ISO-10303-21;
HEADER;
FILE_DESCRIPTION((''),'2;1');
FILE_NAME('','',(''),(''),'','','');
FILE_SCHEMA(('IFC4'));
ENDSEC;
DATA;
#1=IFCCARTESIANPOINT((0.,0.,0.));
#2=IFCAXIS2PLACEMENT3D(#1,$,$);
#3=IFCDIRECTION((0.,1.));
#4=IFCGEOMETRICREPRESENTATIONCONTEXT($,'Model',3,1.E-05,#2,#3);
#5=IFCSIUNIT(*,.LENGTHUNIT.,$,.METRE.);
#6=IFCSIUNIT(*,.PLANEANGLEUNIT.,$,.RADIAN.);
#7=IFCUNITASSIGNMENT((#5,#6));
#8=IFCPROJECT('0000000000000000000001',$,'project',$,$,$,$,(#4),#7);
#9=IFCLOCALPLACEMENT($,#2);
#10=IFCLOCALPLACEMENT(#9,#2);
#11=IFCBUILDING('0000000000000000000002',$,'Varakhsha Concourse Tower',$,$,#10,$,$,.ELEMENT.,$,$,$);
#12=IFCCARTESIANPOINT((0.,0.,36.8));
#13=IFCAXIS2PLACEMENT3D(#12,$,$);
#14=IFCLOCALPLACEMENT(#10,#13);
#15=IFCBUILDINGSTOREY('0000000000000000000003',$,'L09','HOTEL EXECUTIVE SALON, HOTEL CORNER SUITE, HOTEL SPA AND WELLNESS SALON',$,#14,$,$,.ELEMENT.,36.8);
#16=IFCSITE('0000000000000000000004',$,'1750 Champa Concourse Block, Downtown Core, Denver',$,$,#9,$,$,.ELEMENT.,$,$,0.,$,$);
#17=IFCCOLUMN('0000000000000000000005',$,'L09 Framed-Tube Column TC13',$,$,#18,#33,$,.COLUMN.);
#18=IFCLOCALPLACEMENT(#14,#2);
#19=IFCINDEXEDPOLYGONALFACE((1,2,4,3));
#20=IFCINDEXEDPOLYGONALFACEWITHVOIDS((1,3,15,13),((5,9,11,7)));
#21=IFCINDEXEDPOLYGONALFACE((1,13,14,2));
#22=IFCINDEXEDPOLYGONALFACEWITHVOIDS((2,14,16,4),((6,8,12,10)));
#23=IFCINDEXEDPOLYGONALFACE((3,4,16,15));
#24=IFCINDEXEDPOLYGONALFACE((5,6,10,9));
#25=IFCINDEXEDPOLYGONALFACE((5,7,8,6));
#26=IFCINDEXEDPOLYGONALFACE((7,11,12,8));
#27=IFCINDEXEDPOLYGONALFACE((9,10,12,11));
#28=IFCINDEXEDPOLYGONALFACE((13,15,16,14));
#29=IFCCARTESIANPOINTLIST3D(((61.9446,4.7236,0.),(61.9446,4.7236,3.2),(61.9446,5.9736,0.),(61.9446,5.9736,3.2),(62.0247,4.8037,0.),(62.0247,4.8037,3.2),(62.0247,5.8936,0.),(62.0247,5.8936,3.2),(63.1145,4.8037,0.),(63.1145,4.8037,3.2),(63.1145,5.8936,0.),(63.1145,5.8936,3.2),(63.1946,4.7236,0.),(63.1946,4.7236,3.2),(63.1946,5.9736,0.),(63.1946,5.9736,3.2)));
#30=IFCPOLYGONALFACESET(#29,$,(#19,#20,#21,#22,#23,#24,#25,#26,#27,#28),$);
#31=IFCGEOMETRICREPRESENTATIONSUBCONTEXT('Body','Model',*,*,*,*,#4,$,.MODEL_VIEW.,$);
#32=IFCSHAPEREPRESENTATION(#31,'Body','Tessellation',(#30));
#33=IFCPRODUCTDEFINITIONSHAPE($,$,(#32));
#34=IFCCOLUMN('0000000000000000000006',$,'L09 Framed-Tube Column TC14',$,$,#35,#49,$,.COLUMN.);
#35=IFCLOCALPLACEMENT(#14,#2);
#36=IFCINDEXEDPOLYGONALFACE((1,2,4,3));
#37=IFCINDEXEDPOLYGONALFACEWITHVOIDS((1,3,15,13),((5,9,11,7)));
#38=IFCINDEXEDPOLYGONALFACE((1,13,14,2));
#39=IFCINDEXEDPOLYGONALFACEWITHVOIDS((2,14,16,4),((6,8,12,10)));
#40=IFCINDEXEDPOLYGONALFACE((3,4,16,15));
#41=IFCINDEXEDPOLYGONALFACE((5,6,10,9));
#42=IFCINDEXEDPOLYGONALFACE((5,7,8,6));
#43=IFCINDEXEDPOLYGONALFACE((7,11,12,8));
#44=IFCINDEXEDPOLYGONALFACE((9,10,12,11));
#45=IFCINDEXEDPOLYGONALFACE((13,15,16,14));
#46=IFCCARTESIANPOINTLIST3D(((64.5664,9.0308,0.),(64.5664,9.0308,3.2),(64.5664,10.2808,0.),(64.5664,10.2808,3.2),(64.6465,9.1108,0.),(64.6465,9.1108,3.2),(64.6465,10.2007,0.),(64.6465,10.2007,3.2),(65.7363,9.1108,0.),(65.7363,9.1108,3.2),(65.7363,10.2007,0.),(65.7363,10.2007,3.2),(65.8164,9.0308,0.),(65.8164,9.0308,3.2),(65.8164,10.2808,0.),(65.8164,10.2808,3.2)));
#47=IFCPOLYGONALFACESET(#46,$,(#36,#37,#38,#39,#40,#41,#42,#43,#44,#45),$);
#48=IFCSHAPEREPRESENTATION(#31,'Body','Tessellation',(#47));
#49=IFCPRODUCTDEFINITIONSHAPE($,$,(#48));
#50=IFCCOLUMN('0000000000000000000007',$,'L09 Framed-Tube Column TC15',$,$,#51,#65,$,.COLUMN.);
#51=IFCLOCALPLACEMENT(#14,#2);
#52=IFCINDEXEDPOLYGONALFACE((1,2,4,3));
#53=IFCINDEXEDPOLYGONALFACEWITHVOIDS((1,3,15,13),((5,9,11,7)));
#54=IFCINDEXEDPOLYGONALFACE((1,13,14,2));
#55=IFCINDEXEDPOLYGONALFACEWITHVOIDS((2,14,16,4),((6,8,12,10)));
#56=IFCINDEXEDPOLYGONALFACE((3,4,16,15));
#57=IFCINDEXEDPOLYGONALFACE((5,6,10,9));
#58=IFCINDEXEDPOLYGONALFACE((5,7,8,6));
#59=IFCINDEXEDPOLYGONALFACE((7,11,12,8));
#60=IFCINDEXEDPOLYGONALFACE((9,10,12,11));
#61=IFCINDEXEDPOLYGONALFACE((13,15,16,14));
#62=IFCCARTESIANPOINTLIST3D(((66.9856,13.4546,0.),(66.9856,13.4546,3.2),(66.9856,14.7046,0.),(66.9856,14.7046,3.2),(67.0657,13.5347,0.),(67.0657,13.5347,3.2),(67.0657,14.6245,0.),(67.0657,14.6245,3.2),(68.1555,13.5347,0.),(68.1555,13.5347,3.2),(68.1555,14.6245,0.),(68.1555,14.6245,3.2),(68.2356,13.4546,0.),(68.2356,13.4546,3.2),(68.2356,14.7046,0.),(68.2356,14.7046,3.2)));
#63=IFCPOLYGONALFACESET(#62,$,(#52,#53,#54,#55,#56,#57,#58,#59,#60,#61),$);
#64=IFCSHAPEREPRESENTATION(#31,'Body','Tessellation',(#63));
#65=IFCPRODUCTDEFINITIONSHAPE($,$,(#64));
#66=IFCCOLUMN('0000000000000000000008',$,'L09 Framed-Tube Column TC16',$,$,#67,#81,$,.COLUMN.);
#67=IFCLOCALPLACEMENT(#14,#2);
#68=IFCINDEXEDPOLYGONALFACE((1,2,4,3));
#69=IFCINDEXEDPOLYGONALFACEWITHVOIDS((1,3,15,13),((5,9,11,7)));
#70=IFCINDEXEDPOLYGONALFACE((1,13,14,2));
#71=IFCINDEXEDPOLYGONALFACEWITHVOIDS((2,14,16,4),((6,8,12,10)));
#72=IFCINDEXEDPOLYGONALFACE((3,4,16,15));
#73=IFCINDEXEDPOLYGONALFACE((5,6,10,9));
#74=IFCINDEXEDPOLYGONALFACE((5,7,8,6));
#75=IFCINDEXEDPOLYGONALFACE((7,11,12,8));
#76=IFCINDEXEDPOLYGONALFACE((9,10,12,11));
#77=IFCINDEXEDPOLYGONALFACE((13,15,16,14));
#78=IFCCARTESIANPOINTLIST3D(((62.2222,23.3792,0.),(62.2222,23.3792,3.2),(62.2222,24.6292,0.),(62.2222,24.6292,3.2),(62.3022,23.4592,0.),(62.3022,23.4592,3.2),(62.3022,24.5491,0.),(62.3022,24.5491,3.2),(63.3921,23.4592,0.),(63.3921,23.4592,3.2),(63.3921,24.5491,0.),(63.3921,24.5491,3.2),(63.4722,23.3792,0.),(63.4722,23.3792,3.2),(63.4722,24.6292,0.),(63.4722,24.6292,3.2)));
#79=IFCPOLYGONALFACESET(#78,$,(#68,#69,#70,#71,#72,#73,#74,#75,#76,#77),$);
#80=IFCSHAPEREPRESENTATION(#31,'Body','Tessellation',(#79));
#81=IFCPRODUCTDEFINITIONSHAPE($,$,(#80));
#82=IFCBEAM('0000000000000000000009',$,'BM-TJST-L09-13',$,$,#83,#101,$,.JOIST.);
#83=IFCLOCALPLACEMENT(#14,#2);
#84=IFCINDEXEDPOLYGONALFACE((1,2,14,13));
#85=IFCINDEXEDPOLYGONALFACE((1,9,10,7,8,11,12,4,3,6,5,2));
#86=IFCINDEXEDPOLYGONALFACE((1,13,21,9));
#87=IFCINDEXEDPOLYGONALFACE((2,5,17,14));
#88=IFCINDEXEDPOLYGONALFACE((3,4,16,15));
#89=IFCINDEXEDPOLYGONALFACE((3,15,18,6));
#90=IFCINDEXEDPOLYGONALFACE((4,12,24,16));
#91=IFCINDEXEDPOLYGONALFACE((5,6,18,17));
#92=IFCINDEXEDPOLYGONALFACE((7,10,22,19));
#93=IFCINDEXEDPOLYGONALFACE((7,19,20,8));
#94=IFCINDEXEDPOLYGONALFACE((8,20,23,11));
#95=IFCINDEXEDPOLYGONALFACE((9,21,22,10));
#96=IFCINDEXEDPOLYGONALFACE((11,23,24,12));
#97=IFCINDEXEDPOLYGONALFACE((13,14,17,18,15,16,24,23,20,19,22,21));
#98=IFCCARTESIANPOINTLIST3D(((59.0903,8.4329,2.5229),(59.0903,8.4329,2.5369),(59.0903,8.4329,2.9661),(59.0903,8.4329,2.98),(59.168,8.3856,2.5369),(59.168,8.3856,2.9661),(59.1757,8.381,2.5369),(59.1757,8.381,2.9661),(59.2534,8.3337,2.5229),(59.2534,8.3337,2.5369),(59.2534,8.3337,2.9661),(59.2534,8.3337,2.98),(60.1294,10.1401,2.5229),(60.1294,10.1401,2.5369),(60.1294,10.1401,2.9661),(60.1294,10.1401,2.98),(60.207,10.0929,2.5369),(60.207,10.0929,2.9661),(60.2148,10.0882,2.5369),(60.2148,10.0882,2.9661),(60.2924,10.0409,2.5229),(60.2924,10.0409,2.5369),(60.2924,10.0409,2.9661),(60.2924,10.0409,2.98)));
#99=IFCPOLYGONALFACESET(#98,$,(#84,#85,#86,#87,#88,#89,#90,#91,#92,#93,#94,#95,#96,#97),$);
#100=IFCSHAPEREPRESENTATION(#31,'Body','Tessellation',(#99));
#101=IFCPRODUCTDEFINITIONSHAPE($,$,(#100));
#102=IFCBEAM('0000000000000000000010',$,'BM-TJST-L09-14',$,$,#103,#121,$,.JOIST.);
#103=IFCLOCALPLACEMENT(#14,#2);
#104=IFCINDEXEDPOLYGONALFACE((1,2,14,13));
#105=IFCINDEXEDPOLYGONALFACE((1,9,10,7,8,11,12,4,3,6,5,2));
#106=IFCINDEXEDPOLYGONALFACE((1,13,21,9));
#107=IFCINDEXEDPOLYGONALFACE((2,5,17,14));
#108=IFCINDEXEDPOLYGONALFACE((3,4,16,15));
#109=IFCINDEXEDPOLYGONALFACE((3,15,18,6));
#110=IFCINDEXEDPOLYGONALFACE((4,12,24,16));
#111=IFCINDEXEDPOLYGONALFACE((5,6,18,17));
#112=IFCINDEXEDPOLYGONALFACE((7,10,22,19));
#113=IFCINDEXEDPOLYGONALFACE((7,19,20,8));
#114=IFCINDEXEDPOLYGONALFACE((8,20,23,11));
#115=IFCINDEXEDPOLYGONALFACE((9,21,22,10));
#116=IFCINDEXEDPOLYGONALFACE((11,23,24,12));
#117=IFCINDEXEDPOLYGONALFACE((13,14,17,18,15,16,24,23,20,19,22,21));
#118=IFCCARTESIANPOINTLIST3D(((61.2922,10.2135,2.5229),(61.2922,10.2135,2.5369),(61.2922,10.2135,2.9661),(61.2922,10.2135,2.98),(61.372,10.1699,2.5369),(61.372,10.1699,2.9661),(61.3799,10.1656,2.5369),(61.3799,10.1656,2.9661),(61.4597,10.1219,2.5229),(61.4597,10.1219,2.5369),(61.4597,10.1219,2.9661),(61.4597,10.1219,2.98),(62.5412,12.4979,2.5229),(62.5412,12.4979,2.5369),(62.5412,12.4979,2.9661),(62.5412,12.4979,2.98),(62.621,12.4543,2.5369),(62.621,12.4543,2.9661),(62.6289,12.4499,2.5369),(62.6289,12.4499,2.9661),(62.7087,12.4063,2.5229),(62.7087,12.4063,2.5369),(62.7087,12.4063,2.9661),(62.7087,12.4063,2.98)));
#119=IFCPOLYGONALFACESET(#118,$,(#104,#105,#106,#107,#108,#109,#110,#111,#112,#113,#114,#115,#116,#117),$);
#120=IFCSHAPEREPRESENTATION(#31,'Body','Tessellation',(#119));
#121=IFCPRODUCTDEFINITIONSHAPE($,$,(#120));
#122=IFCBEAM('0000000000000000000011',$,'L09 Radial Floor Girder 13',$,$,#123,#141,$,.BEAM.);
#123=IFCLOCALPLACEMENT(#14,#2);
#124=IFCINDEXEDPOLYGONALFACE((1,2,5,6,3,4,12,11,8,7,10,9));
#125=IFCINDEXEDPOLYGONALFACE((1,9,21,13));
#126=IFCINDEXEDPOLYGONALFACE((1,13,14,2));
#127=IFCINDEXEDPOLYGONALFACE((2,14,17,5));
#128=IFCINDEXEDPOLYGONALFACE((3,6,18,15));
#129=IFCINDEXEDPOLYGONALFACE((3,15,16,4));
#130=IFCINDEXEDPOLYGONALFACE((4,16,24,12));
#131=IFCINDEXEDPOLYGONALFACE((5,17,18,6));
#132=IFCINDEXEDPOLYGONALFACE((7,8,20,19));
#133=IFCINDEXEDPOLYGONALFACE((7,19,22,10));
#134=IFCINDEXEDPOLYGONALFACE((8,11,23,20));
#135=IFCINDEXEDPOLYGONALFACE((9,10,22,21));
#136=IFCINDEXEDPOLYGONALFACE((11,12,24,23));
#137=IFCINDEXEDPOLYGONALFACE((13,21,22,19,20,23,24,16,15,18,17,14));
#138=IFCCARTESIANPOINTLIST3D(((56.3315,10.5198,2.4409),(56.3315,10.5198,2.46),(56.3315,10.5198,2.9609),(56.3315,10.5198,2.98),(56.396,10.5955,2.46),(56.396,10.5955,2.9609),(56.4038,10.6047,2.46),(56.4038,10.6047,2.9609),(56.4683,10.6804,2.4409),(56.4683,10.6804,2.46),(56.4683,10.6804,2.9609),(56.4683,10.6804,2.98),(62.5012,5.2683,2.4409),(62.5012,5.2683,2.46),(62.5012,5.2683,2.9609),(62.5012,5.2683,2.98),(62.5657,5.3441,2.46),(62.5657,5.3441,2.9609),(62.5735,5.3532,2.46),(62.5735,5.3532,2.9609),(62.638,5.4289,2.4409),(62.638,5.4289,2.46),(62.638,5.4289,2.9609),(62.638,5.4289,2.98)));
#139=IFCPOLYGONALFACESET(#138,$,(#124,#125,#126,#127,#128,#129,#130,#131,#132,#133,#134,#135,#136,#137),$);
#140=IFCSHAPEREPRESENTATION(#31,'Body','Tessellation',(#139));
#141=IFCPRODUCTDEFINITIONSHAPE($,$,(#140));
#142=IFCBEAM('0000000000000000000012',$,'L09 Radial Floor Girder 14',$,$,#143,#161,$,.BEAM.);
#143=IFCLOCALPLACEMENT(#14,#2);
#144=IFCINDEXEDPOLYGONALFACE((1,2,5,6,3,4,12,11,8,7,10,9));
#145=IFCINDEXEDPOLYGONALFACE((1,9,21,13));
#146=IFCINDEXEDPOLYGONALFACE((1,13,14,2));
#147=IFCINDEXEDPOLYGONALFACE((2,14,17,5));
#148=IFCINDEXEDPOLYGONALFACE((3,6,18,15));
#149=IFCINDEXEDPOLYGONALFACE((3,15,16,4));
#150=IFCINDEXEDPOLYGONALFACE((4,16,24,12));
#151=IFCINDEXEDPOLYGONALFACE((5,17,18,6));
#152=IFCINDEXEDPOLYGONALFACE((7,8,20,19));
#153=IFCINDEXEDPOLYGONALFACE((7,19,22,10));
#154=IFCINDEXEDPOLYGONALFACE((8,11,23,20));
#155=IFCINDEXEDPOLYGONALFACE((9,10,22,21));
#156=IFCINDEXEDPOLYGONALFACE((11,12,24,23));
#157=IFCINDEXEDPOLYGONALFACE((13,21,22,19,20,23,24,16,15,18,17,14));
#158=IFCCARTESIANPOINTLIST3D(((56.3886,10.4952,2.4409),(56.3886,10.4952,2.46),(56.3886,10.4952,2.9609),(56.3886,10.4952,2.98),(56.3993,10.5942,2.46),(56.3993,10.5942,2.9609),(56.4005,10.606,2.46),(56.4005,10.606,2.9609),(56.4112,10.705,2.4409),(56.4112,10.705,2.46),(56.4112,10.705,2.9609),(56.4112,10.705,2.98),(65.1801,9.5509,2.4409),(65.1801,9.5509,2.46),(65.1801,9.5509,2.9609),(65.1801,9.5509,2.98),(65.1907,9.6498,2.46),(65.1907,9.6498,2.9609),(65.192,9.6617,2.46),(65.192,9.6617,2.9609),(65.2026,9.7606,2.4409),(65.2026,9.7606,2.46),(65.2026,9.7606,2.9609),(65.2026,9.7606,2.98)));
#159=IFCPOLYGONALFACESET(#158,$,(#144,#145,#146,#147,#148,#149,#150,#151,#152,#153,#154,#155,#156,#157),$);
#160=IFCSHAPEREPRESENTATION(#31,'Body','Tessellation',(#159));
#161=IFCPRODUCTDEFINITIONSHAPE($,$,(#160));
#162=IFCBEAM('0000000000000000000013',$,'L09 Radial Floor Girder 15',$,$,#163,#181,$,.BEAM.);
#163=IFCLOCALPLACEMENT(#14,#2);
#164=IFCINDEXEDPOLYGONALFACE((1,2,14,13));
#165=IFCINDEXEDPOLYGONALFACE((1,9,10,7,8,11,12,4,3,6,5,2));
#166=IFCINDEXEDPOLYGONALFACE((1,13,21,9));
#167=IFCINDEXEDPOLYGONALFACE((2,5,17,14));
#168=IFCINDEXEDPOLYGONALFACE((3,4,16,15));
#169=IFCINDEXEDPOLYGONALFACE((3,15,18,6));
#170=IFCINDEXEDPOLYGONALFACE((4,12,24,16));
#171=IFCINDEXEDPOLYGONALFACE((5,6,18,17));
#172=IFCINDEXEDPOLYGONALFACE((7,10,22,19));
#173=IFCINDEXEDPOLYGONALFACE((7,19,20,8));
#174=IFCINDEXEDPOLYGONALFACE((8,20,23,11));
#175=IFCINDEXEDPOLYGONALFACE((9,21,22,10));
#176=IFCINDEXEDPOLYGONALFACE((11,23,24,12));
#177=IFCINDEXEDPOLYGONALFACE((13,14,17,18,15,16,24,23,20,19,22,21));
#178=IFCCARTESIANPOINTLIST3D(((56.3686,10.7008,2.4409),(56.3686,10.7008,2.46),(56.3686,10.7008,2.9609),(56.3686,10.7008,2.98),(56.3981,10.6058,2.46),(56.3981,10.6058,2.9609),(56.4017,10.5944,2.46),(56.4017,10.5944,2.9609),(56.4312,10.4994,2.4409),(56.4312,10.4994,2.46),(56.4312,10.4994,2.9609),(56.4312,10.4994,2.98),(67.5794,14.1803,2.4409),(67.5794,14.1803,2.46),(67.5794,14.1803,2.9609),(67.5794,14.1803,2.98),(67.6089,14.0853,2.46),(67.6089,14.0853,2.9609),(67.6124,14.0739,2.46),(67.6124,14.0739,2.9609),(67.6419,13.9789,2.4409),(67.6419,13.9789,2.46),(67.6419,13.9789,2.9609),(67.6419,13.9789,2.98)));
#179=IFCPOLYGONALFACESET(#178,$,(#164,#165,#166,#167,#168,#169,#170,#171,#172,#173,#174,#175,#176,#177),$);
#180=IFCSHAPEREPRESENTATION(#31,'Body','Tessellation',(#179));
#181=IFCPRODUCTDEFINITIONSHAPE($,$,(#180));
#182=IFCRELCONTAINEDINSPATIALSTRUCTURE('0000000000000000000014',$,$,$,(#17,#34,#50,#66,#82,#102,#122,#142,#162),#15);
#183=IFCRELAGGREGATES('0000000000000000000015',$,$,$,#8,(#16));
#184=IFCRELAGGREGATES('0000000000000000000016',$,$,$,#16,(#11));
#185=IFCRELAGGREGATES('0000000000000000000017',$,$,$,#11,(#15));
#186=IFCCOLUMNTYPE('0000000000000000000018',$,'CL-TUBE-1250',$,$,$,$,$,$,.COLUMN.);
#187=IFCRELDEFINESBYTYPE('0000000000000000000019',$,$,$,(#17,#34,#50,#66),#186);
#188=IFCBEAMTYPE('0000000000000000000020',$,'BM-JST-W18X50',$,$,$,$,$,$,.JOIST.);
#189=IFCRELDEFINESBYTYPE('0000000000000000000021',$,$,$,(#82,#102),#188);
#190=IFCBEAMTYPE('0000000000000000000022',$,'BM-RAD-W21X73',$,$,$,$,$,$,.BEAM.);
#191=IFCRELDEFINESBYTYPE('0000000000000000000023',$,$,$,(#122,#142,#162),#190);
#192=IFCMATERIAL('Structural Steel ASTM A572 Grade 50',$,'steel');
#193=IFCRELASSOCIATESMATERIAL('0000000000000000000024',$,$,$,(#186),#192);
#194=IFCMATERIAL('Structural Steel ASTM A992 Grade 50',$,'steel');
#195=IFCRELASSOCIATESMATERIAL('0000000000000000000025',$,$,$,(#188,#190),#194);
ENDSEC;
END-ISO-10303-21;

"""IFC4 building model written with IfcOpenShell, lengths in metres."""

from ifc_helpers import new_model, si_unit, direction, frame, origin, origin_2d, place, context, subcontext, project, spatial, hollow_rectangle, i_section, extrude, material, material_profile, profile_set, type_object, element, save


model = new_model("IFC4")

# Units and contexts
model_context = context("Model", 3, precision=1e-05, world=origin(), true_north=direction((0.0, 1.0)))
body_context = subcontext(model_context, "Body", "Model", "MODEL_VIEW")
ifc_project = project(units=[si_unit("LENGTHUNIT", "METRE"), si_unit("PLANEANGLEUNIT", "RADIAN")], contexts=[model_context])

# Site, building, storey
site_placement = place(None, origin())
site = spatial("IfcSite", under=ifc_project, at=site_placement, Name="1750 Champa Concourse Block, Downtown Core, Denver", CompositionType="ELEMENT", RefElevation=0.0)
building_placement = place(site_placement, origin())
building = spatial("IfcBuilding", under=site, at=building_placement, Name="Varakhsha Concourse Tower", CompositionType="ELEMENT")
storey_placement = place(building_placement, frame((0.0, 0.0, 36.8)))
storey = spatial("IfcBuildingStorey", under=building, at=storey_placement, Name="L09", Description="HOTEL EXECUTIVE SALON, HOTEL CORNER SUITE, HOTEL SPA AND WELLNESS SALON", CompositionType="ELEMENT", Elevation=36.8)

# Columns
ifc_material_1 = material(Name="Structural Steel ASTM A572 Grade 50", Category="steel")
ifc_material_profile_1 = material_profile(ifc_material_1, hollow_rectangle(XDim=1.25, YDim=1.25, WallThickness=0.0801, at=origin_2d()), Name="BOX 1250x1250x80")
ifc_profile_set_1 = profile_set([ifc_material_profile_1], Name="Structural Steel ASTM A572 Grade 50")
column_type = type_object("IfcColumnType", Name="CL-TUBE-1250", PredefinedType="COLUMN", material=ifc_profile_set_1)
for number, where, z_axis, x_axis, name in (
    (1, (62.5696, 5.3486, 0.0), (0.0, 0.0, 1.0), (1.0, 0.0, 0.0), "L09 Framed-Tube Column TC13"),
    (2, (65.1914, 9.6558, 0.0), (0.0, 0.0, 1.0), (1.0, 0.0, 0.0), "L09 Framed-Tube Column TC14"),
    (3, (67.6106, 14.0796, 0.0), (0.0, 0.0, 1.0), (1.0, 0.0, 0.0), "L09 Framed-Tube Column TC15"),
    (4, (62.8472, 24.0042, 0.0), (0.0, 0.0, 1.0), (1.0, 0.0, 0.0), "L09 Framed-Tube Column TC16"),
):
    element("IfcColumn", number, at=place(storey_placement, frame(where, z_axis=z_axis, x_axis=x_axis)), inside=storey, type_object=column_type, Name=name, PredefinedType="COLUMN", context=body_context, shape_type="SweptSolid", body=[
        extrude(hollow_rectangle(XDim=1.25, YDim=1.25, WallThickness=0.0801, at=origin_2d()), origin(), (0.0, 0.0, 1.0), 3.2),
    ])

# Beams
ifc_material_2 = material(Name="Structural Steel ASTM A992 Grade 50", Category="steel")
ifc_material_profile_2 = material_profile(ifc_material_2, i_section(OverallWidth=0.1909, OverallDepth=0.457, WebThickness=0.009, FlangeThickness=0.0139, at=origin_2d()), Name="W18X50")
ifc_profile_set_2 = profile_set([ifc_material_profile_2], Name="Structural Steel ASTM A992 Grade 50")
beam_type_1 = type_object("IfcBeamType", Name="BM-JST-W18X50", PredefinedType="JOIST", material=ifc_profile_set_2)
beam_1_placement = place(storey_placement, frame((59.1719, 8.3833, 2.7515), z_axis=(0.519893, 0.854232, 0.0), x_axis=(-0.854232, 0.519893, 0.0)))
element("IfcBeam", 5, at=beam_1_placement, inside=storey, type_object=beam_type_1, Name="BM-TJST-L09-13", PredefinedType="JOIST", context=body_context, shape_type="SweptSolid", body=[
    extrude(i_section(OverallWidth=0.1909, OverallDepth=0.457, WebThickness=0.009, FlangeThickness=0.0139, at=origin_2d()), origin(), (0.0, 0.0, 1.0), 1.9985),
])
beam_2_placement = place(storey_placement, frame((61.376, 10.1677, 2.7515), z_axis=(0.479732, 0.877415, 0.0), x_axis=(-0.877415, 0.479732, 0.0)))
element("IfcBeam", 6, at=beam_2_placement, inside=storey, type_object=beam_type_1, Name="BM-TJST-L09-14", PredefinedType="JOIST", context=body_context, shape_type="SweptSolid", body=[
    extrude(i_section(OverallWidth=0.1909, OverallDepth=0.457, WebThickness=0.009, FlangeThickness=0.0139, at=origin_2d()), origin(), (0.0, 0.0, 1.0), 2.6035),
])
ifc_material_profile_3 = material_profile(ifc_material_2, i_section(OverallWidth=0.2109, OverallDepth=0.5391, WebThickness=0.012, FlangeThickness=0.019, at=origin_2d()), Name="W21X73")
ifc_profile_set_3 = profile_set([ifc_material_profile_3], Name="Structural Steel ASTM A992 Grade 50")
beam_type_2 = type_object("IfcBeamType", Name="BM-RAD-W21X73", PredefinedType="BEAM", material=ifc_profile_set_3)
beam_3_placement = place(storey_placement, frame((56.3999, 10.6001, 2.7104), z_axis=(0.761498, -0.648167, 0.0), x_axis=(0.648167, 0.761498, 0.0)))
element("IfcBeam", 7, at=beam_3_placement, inside=storey, type_object=beam_type_2, Name="L09 Radial Floor Girder 13", PredefinedType="BEAM", context=body_context, shape_type="SweptSolid", body=[
    extrude(i_section(OverallWidth=0.2109, OverallDepth=0.5391, WebThickness=0.012, FlangeThickness=0.019, at=origin_2d()), origin(), (0.0, 0.0, 1.0), 8.1021),
])
beam_4_placement = place(storey_placement, frame((56.3999, 10.6001, 2.7104), z_axis=(0.99428, -0.1068, 0.0), x_axis=(0.1068, 0.99428, 0.0)))
element("IfcBeam", 8, at=beam_4_placement, inside=storey, type_object=beam_type_2, Name="L09 Radial Floor Girder 14", PredefinedType="BEAM", context=body_context, shape_type="SweptSolid", body=[
    extrude(i_section(OverallWidth=0.2109, OverallDepth=0.5391, WebThickness=0.012, FlangeThickness=0.019, at=origin_2d()), origin(), (0.0, 0.0, 1.0), 8.842),
])
beam_5_placement = place(storey_placement, frame((56.3999, 10.6001, 2.7104), z_axis=(0.955057, 0.296423, 0.0), x_axis=(-0.296423, 0.955057, 0.0)))
element("IfcBeam", 9, at=beam_5_placement, inside=storey, type_object=beam_type_2, Name="L09 Radial Floor Girder 15", PredefinedType="BEAM", context=body_context, shape_type="SweptSolid", body=[
    extrude(i_section(OverallWidth=0.2109, OverallDepth=0.5391, WebThickness=0.012, FlangeThickness=0.019, at=origin_2d()), origin(), (0.0, 0.0, 1.0), 11.7383),
])

save(model, "model.ifc")
